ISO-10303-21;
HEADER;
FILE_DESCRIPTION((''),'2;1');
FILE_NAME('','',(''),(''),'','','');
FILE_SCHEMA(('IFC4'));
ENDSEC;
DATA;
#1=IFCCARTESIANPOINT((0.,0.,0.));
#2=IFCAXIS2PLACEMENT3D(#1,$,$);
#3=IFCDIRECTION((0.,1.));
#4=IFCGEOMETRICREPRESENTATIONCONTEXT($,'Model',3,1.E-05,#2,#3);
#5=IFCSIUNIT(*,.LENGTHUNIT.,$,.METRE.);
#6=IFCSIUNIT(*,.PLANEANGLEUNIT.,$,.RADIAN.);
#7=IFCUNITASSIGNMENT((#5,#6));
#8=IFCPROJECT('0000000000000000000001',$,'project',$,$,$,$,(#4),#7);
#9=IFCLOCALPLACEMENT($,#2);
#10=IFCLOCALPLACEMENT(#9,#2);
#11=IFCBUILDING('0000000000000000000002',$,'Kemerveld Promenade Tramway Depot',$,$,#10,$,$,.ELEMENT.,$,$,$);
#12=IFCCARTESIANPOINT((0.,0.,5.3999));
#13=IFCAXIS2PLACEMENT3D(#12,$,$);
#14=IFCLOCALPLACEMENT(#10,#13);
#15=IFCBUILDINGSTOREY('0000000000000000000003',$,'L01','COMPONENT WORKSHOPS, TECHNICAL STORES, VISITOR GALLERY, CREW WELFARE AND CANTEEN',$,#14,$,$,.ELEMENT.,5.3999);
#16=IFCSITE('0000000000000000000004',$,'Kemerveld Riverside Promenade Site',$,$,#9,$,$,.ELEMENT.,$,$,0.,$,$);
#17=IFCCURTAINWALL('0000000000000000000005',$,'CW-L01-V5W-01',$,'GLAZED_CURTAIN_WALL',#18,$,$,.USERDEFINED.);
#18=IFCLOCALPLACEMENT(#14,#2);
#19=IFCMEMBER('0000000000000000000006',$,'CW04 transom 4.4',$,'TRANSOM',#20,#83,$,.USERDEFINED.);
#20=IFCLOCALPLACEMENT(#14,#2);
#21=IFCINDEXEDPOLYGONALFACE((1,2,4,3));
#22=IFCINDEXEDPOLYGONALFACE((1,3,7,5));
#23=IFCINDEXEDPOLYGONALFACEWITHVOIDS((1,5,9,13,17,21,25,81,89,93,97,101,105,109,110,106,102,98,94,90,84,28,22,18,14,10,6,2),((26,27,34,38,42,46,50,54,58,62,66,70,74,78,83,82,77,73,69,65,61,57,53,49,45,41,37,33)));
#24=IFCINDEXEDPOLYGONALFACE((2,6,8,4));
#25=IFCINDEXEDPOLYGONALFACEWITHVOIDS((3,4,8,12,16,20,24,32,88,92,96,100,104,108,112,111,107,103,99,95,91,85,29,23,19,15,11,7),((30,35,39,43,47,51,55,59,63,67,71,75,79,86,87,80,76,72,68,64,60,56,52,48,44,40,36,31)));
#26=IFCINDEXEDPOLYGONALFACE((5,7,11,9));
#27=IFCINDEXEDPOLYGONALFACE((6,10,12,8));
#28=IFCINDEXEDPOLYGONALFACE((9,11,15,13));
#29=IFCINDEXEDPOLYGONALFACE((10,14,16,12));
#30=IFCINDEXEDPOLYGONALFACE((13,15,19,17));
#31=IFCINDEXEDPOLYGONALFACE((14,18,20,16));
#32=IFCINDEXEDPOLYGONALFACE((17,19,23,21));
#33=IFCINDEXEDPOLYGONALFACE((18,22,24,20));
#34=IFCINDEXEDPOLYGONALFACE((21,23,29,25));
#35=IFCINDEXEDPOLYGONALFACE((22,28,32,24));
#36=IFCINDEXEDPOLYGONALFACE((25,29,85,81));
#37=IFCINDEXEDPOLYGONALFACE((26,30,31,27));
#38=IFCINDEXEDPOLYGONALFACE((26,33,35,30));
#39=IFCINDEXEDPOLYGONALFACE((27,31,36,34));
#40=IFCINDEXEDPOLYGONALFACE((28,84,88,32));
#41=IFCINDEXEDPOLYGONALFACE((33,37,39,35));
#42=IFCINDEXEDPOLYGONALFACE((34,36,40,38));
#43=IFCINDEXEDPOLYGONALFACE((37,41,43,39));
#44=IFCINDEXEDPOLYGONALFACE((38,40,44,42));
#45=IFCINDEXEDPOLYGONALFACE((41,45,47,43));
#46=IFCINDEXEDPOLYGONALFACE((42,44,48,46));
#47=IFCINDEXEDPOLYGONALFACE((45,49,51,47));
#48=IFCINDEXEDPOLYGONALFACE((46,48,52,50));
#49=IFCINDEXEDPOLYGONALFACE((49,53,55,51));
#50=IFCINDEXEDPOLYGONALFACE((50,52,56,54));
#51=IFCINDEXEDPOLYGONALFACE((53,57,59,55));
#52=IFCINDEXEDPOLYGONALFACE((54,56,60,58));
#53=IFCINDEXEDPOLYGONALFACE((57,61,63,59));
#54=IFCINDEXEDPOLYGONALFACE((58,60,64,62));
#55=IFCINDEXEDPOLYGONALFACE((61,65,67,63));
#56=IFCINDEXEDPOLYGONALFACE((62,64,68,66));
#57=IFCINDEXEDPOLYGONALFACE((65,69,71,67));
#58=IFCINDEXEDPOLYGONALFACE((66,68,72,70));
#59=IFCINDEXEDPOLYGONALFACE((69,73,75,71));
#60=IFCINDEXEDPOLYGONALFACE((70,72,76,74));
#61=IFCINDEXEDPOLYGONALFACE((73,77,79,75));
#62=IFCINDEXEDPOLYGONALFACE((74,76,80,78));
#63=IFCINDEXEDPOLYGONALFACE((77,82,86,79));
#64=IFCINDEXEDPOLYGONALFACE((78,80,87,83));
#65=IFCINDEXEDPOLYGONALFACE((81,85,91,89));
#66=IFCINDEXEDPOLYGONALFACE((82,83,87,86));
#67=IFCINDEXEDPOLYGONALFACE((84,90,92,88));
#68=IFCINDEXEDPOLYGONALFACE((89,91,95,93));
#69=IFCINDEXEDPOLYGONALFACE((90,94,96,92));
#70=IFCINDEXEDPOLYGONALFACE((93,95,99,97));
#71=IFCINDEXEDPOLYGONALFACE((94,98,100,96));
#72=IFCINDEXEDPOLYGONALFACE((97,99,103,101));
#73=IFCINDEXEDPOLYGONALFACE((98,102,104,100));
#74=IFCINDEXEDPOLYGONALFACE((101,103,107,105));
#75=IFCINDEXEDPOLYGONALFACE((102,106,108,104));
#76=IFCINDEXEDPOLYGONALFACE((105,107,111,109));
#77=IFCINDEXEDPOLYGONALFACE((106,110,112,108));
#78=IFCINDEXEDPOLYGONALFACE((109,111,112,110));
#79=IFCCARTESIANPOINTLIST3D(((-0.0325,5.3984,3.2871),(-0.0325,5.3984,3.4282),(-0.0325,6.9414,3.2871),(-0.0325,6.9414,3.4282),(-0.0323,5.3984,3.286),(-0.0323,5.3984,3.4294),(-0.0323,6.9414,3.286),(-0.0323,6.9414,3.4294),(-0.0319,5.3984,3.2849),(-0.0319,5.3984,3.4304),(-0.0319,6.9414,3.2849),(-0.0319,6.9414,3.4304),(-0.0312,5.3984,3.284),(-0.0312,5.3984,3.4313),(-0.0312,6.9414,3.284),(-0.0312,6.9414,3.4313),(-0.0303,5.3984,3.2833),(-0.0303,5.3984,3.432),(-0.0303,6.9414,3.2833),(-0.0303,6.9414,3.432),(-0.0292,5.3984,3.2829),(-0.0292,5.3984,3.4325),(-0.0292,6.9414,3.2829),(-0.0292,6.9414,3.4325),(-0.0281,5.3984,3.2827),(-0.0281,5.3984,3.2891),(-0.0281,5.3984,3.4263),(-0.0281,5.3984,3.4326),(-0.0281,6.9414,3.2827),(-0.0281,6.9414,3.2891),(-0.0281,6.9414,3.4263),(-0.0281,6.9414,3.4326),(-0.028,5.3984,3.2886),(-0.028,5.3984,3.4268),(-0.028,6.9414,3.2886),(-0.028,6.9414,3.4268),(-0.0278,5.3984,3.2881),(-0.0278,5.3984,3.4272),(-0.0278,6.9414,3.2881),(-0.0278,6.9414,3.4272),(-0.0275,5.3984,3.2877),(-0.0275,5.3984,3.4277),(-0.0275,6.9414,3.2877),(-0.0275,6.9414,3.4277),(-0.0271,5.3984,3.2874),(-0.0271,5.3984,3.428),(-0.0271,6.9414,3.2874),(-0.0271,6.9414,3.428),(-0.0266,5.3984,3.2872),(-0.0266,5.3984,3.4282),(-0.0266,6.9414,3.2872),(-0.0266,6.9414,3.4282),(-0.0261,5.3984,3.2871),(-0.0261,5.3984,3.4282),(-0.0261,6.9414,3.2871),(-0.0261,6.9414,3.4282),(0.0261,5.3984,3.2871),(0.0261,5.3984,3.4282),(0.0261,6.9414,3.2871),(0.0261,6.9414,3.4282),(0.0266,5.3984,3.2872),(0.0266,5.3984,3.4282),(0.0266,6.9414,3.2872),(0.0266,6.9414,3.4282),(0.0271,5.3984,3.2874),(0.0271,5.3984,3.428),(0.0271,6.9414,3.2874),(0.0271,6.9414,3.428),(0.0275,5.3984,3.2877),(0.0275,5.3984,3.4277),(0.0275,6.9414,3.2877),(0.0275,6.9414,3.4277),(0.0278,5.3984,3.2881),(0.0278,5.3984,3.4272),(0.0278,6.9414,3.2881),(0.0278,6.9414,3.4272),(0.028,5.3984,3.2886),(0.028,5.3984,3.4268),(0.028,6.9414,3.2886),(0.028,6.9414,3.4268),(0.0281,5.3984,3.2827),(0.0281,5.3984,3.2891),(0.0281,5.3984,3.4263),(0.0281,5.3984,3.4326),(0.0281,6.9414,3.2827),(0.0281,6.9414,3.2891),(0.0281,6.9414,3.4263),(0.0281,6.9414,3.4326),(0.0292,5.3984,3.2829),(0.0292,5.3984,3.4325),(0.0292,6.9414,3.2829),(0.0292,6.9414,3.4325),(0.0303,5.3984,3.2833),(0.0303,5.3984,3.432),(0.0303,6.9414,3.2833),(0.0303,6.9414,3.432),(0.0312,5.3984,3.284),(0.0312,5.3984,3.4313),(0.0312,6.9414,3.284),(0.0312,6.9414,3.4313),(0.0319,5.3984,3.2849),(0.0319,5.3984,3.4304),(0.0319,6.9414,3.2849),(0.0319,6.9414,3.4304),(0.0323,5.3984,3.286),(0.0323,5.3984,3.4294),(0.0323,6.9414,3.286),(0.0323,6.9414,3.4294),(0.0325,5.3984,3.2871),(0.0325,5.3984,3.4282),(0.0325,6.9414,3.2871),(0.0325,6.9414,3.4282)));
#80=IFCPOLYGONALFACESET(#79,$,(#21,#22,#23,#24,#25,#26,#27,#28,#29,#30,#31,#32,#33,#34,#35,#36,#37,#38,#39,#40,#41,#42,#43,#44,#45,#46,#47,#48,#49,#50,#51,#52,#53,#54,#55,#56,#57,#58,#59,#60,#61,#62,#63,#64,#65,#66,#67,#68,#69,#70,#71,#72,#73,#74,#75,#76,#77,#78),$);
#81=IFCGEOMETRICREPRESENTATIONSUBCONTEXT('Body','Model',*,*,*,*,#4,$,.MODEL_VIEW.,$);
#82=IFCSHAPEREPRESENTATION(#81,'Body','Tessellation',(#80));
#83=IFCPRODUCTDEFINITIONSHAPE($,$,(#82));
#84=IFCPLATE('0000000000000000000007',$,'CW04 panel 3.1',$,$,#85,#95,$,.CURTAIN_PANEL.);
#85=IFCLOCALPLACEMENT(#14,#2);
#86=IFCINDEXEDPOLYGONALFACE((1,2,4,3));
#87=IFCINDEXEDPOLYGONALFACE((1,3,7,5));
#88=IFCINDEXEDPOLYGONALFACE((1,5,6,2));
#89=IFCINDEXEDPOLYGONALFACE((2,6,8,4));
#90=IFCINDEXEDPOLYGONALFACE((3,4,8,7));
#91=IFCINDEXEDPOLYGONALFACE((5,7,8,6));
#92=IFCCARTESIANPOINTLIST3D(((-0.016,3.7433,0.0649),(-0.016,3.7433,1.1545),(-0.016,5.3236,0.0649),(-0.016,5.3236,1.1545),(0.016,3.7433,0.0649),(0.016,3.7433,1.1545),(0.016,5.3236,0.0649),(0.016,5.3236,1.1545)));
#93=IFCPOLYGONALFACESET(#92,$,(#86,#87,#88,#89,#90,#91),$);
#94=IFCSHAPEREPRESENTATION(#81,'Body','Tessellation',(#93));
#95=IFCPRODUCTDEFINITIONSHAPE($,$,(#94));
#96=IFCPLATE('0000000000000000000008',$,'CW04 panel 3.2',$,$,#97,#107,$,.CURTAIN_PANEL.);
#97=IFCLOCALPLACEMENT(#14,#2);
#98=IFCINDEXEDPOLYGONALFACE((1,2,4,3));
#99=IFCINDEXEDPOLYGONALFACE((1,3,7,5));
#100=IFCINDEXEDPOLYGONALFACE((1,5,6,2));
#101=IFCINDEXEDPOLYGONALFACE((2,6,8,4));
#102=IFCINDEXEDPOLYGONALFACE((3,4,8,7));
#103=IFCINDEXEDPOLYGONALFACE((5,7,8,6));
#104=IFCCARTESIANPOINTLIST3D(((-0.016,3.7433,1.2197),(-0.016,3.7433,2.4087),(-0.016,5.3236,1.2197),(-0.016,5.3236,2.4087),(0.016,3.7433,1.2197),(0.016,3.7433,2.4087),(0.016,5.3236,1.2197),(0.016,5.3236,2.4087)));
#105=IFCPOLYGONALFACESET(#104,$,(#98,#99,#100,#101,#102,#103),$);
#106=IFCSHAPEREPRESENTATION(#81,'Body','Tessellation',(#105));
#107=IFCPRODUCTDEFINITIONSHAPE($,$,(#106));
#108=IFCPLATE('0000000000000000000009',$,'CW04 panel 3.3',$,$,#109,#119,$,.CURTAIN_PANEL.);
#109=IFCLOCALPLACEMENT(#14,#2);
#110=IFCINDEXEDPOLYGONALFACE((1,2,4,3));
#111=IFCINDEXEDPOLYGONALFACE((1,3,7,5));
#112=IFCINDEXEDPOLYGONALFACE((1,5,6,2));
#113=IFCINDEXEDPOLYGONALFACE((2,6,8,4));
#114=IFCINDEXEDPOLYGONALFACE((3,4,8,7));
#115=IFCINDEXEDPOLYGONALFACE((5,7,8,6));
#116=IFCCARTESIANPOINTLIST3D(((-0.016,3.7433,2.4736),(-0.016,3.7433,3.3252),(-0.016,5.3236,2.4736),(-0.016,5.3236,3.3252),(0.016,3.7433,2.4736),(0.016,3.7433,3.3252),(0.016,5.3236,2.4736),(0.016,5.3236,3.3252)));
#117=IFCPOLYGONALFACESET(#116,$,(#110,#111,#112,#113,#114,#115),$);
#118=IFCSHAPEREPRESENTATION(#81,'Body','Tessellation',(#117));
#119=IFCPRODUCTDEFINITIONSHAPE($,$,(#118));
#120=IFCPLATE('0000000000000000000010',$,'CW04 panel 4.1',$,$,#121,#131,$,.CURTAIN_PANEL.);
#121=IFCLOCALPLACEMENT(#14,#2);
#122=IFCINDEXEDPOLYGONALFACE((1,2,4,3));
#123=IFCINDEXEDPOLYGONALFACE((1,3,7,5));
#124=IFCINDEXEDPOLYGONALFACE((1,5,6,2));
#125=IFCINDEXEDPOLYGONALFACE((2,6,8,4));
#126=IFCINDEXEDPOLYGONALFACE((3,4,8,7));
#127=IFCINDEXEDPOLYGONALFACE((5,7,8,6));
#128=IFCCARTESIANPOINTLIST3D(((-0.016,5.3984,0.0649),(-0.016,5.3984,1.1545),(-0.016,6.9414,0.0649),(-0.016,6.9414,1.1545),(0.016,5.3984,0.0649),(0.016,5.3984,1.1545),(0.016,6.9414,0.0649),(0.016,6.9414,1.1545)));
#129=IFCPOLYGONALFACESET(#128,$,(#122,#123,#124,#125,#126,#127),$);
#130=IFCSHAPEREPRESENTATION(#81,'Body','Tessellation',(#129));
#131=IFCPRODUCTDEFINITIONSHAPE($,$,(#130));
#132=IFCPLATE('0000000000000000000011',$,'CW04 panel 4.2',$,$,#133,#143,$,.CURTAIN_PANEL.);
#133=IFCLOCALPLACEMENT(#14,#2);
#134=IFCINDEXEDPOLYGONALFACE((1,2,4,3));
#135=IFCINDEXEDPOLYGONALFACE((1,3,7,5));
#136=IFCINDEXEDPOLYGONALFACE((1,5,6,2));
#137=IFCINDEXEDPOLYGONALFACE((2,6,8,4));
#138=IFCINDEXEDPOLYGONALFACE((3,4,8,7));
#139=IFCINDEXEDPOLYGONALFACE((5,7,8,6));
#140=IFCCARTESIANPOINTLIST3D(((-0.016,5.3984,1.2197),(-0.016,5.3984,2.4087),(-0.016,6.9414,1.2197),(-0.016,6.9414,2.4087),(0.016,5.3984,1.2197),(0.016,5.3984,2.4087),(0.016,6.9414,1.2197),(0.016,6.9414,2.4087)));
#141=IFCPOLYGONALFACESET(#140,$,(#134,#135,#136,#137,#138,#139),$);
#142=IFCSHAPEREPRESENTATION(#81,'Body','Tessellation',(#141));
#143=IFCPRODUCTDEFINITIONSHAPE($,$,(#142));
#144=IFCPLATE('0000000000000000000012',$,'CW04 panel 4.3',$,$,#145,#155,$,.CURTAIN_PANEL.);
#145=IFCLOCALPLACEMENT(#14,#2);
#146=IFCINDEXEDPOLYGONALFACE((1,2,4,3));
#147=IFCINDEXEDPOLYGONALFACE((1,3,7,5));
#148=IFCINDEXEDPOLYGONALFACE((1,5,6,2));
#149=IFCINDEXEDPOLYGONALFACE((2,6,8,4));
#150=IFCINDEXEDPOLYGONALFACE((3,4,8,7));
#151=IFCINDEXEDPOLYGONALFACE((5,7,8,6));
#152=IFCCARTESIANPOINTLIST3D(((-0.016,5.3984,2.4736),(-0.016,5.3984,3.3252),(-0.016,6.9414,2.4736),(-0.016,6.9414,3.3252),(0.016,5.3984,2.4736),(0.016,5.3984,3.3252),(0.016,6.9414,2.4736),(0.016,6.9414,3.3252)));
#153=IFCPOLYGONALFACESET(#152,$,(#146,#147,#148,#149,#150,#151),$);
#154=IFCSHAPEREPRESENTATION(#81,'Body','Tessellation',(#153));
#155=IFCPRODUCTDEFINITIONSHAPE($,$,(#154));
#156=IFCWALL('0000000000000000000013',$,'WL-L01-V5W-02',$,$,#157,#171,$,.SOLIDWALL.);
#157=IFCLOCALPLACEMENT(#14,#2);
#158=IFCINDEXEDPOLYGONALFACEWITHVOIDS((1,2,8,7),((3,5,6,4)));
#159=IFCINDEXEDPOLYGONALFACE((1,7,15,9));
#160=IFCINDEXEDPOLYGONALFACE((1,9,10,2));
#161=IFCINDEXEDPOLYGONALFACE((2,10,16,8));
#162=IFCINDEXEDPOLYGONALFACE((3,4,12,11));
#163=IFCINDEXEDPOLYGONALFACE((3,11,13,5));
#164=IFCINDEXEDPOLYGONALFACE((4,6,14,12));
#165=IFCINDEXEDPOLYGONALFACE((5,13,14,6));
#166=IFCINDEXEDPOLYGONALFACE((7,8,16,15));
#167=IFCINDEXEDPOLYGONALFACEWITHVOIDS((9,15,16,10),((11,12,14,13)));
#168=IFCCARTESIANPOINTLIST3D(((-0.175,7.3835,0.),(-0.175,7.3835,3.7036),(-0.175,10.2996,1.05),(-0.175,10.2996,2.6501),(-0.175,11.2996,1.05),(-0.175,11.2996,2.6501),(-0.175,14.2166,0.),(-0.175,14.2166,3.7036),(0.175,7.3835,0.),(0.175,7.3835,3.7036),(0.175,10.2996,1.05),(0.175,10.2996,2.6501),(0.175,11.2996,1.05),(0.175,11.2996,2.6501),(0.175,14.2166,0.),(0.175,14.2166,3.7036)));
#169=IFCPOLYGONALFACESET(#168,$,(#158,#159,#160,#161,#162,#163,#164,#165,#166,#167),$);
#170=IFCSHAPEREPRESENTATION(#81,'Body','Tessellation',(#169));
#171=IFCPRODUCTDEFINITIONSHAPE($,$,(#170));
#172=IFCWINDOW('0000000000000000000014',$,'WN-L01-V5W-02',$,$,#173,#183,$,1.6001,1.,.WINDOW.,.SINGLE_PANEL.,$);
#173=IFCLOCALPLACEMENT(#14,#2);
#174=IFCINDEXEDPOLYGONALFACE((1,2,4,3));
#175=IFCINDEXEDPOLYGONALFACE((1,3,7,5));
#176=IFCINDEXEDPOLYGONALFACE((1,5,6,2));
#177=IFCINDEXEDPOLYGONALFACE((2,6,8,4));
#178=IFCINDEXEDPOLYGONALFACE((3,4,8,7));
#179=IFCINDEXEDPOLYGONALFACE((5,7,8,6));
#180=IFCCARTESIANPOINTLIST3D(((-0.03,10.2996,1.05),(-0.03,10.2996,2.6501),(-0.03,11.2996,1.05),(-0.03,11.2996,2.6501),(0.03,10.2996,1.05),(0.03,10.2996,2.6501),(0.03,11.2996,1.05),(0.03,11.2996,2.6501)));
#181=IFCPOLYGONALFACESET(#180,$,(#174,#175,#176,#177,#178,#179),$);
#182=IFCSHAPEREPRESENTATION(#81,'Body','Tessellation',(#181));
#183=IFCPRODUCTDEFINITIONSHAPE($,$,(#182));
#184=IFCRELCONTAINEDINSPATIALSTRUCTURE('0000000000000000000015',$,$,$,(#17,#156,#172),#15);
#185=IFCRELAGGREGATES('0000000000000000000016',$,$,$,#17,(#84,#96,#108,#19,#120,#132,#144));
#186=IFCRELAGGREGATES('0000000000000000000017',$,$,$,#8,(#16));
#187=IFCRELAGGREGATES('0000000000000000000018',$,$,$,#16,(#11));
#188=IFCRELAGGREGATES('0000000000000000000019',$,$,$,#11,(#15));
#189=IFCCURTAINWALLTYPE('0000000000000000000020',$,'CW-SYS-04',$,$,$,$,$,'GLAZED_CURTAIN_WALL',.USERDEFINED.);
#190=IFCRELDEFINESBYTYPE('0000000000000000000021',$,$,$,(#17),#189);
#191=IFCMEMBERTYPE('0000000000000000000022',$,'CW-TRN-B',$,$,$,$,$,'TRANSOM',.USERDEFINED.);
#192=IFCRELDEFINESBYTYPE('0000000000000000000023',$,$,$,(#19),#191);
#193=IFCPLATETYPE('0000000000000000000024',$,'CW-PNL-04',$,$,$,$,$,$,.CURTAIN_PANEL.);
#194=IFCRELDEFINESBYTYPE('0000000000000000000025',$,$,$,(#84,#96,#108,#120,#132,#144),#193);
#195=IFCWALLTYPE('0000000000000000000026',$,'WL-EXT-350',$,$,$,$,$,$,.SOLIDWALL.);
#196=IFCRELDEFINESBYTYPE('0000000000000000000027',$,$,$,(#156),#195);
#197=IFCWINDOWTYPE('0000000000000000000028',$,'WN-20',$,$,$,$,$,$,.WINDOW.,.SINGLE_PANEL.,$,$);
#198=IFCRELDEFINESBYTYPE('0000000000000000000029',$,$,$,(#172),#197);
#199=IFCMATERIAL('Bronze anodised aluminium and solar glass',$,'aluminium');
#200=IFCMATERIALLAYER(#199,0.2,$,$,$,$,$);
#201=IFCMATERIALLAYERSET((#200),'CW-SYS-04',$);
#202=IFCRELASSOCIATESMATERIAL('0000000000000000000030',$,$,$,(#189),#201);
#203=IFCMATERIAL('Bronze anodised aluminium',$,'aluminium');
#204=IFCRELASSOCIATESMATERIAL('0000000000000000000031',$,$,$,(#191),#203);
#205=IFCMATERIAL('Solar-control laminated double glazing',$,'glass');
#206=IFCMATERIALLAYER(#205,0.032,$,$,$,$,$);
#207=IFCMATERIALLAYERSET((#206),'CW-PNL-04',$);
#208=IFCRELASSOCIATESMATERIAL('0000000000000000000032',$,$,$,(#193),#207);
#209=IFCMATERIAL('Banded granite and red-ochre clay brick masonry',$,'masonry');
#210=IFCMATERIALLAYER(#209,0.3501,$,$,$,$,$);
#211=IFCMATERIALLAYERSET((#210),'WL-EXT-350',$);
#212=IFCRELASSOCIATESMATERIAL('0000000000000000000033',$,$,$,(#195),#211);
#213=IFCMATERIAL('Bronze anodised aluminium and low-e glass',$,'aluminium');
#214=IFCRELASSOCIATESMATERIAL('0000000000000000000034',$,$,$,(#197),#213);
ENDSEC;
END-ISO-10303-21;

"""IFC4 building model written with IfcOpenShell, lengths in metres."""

from ifc_helpers import new_model, si_unit, direction, frame, frame_2d, origin, origin_2d, place, context, subcontext, project, spatial, rectangle, hollow_rectangle, extrude, material, layer, layer_set, material_profile, profile_set, type_object, element, fill, aggregate, save


model = new_model("IFC4")

# Units and contexts
model_context = context("Model", 3, precision=1e-05, world=origin(), true_north=direction((0.0, 1.0)))
body_context = subcontext(model_context, "Body", "Model", "MODEL_VIEW")
ifc_project = project(units=[si_unit("LENGTHUNIT", "METRE"), si_unit("PLANEANGLEUNIT", "RADIAN")], contexts=[model_context])

# Site, building, storey
site_placement = place(None, origin())
site = spatial("IfcSite", under=ifc_project, at=site_placement, Name="Kemerveld Riverside Promenade Site", CompositionType="ELEMENT", RefElevation=0.0)
building_placement = place(site_placement, origin())
building = spatial("IfcBuilding", under=site, at=building_placement, Name="Kemerveld Promenade Tramway Depot", CompositionType="ELEMENT")
storey_placement = place(building_placement, frame((0.0, 0.0, 5.3999)))
storey = spatial("IfcBuildingStorey", under=building, at=storey_placement, Name="L01", Description="COMPONENT WORKSHOPS, TECHNICAL STORES, VISITOR GALLERY, CREW WELFARE AND CANTEEN", CompositionType="ELEMENT", Elevation=5.3999)

# Curtain wall, member, plates
ifc_material_1 = material(Name="Bronze anodised aluminium and solar glass", Category="aluminium")
ifc_layer_1 = layer(ifc_material_1, 0.2)
ifc_layer_set_1 = layer_set([ifc_layer_1], Name="CW-SYS-04")
curtain_wall_type = type_object("IfcCurtainWallType", Name="CW-SYS-04", ElementType="GLAZED_CURTAIN_WALL", PredefinedType="USERDEFINED", material=ifc_layer_set_1)
curtain_wall_placement = place(storey_placement, origin())
curtain_wall = element("IfcCurtainWall", 1, at=curtain_wall_placement, inside=storey, type_object=curtain_wall_type, Name="CW-L01-V5W-01", ObjectType="GLAZED_CURTAIN_WALL", PredefinedType="USERDEFINED")
ifc_material_2 = material(Name="Bronze anodised aluminium", Category="aluminium")
ifc_material_profile_1 = material_profile(ifc_material_2, hollow_rectangle(XDim=0.0649, YDim=0.1499, WallThickness=0.0044, InnerFilletRadius=0.002, OuterFilletRadius=0.0044, at=origin_2d()), Name="CW-TRN-150x65")
ifc_profile_set_1 = profile_set([ifc_material_profile_1], Name="Bronze anodised aluminium")
member_type_1 = type_object("IfcMemberType", Name="CW-TRN-B", ElementType="TRANSOM", PredefinedType="USERDEFINED", material=ifc_profile_set_1)
member_1_placement = place(storey_placement, frame((0.0, 5.3984, 3.3577), z_axis=(0.0, 1.0, 0.0), x_axis=(-1.0, 0.0, 0.0)))
member_1 = element("IfcMember", 2, at=member_1_placement, type_object=member_type_1, Name="CW04 transom 4.4", ObjectType="TRANSOM", PredefinedType="USERDEFINED", context=body_context, shape_type="SweptSolid", body=[
    extrude(hollow_rectangle(XDim=0.0649, YDim=0.1499, WallThickness=0.0044, InnerFilletRadius=0.002, OuterFilletRadius=0.0044, at=origin_2d()), origin(), (0.0, 0.0, 1.0), 1.543),
])
ifc_material_3 = material(Name="Solar-control laminated double glazing", Category="glass")
ifc_layer_2 = layer(ifc_material_3, 0.032)
ifc_layer_set_2 = layer_set([ifc_layer_2], Name="CW-PNL-04")
plate_type = type_object("IfcPlateType", Name="CW-PNL-04", PredefinedType="CURTAIN_PANEL", material=ifc_layer_set_2)
plate_1_placement = place(storey_placement, frame((0.0, 4.5334, 0.0649), z_axis=(0.0, 0.0, 1.0), x_axis=(0.0, 1.0, 0.0)))
plate_1 = element("IfcPlate", 3, at=plate_1_placement, type_object=plate_type, Name="CW04 panel 3.1", PredefinedType="CURTAIN_PANEL", context=body_context, shape_type="SweptSolid", body=[
    extrude(rectangle(XDim=1.5803, YDim=0.032, at=origin_2d()), origin(), (0.0, 0.0, 1.0), 1.0896),
])
plate_2_placement = place(storey_placement, frame((0.0, 4.5334, 1.2197), z_axis=(0.0, 0.0, 1.0), x_axis=(0.0, 1.0, 0.0)))
plate_2 = element("IfcPlate", 4, at=plate_2_placement, type_object=plate_type, Name="CW04 panel 3.2", PredefinedType="CURTAIN_PANEL", context=body_context, shape_type="SweptSolid", body=[
    extrude(rectangle(XDim=1.5803, YDim=0.032, at=origin_2d()), origin(), (0.0, 0.0, 1.0), 1.189),
])
plate_3_placement = place(storey_placement, frame((0.0, 4.5334, 2.4736), z_axis=(0.0, 0.0, 1.0), x_axis=(0.0, 1.0, 0.0)))
plate_3 = element("IfcPlate", 5, at=plate_3_placement, type_object=plate_type, Name="CW04 panel 3.3", PredefinedType="CURTAIN_PANEL", context=body_context, shape_type="SweptSolid", body=[
    extrude(rectangle(XDim=1.5803, YDim=0.032, at=origin_2d()), origin(), (0.0, 0.0, 1.0), 0.8516),
])
plate_4_placement = place(storey_placement, frame((0.0, 6.1699, 0.0649), z_axis=(0.0, 0.0, 1.0), x_axis=(0.0, 1.0, 0.0)))
plate_4 = element("IfcPlate", 6, at=plate_4_placement, type_object=plate_type, Name="CW04 panel 4.1", PredefinedType="CURTAIN_PANEL", context=body_context, shape_type="SweptSolid", body=[
    extrude(rectangle(XDim=1.543, YDim=0.032, at=origin_2d()), origin(), (0.0, 0.0, 1.0), 1.0896),
])
plate_5_placement = place(storey_placement, frame((0.0, 6.1699, 1.2197), z_axis=(0.0, 0.0, 1.0), x_axis=(0.0, 1.0, 0.0)))
plate_5 = element("IfcPlate", 7, at=plate_5_placement, type_object=plate_type, Name="CW04 panel 4.2", PredefinedType="CURTAIN_PANEL", context=body_context, shape_type="SweptSolid", body=[
    extrude(rectangle(XDim=1.543, YDim=0.032, at=origin_2d()), origin(), (0.0, 0.0, 1.0), 1.189),
])
plate_6_placement = place(storey_placement, frame((0.0, 6.1699, 2.4736), z_axis=(0.0, 0.0, 1.0), x_axis=(0.0, 1.0, 0.0)))
plate_6 = element("IfcPlate", 8, at=plate_6_placement, type_object=plate_type, Name="CW04 panel 4.3", PredefinedType="CURTAIN_PANEL", context=body_context, shape_type="SweptSolid", body=[
    extrude(rectangle(XDim=1.543, YDim=0.032, at=origin_2d()), origin(), (0.0, 0.0, 1.0), 0.8516),
])
aggregate(curtain_wall, [plate_1, plate_2, plate_3, member_1, plate_4, plate_5, plate_6])

# Wall, opening, window
ifc_material_4 = material(Name="Banded granite and red-ochre clay brick masonry", Category="masonry")
ifc_layer_3 = layer(ifc_material_4, 0.3501)
ifc_layer_set_3 = layer_set([ifc_layer_3], Name="WL-EXT-350")
wall_type_1 = type_object("IfcWallType", Name="WL-EXT-350", PredefinedType="SOLIDWALL", material=ifc_layer_set_3)
wall_1_placement = place(storey_placement, frame((0.0, 7.3835, 0.0), z_axis=(0.0, 0.0, 1.0), x_axis=(0.0, 1.0, 0.0)))
wall_1 = element("IfcWall", 9, at=wall_1_placement, inside=storey, type_object=wall_type_1, Name="WL-L01-V5W-02", PredefinedType="SOLIDWALL", context=body_context, shape_type="SweptSolid", body=[
    extrude(rectangle(XDim=6.833, YDim=0.3501, at=frame_2d((3.4165, 0.0))), origin(), (0.0, 0.0, 1.0), 3.7036),
])
opening_1_placement = place(wall_1_placement, frame((2.916, 0.0, 1.05)))
opening_1 = element("IfcOpeningElement", 10, at=opening_1_placement, cuts=wall_1, PredefinedType="OPENING", context=body_context, shape_type="SweptSolid", body=[
    extrude(rectangle(XDim=1.0, YDim=1.6001, at=frame_2d((0.5, 0.8))), frame((0.0, 0.1851, 0.0), z_axis=(0.0, -1.0, 0.0), x_axis=(1.0, 0.0, 0.0)), (0.0, 0.0, 1.0), 0.3701),
])
ifc_material_5 = material(Name="Bronze anodised aluminium and low-e glass", Category="aluminium")
window_type_1 = type_object("IfcWindowType", Name="WN-20", PartitioningType="SINGLE_PANEL", PredefinedType="WINDOW", material=ifc_material_5)
window_1_placement = place(opening_1_placement, origin())
window_1 = element("IfcWindow", 11, at=window_1_placement, inside=storey, type_object=window_type_1, Name="WN-L01-V5W-02", OverallHeight=1.6001, OverallWidth=1.0, PartitioningType="SINGLE_PANEL", PredefinedType="WINDOW", context=body_context, shape_type="SweptSolid", body=[
    extrude(rectangle(XDim=1.0, YDim=1.6001, at=frame_2d((0.5, 0.8))), frame((0.0, 0.03, 0.0), z_axis=(0.0, -1.0, 0.0), x_axis=(1.0, 0.0, 0.0)), (0.0, 0.0, 1.0), 0.0601),
])
fill(opening_1, window_1)

save(model, "model.ifc")
